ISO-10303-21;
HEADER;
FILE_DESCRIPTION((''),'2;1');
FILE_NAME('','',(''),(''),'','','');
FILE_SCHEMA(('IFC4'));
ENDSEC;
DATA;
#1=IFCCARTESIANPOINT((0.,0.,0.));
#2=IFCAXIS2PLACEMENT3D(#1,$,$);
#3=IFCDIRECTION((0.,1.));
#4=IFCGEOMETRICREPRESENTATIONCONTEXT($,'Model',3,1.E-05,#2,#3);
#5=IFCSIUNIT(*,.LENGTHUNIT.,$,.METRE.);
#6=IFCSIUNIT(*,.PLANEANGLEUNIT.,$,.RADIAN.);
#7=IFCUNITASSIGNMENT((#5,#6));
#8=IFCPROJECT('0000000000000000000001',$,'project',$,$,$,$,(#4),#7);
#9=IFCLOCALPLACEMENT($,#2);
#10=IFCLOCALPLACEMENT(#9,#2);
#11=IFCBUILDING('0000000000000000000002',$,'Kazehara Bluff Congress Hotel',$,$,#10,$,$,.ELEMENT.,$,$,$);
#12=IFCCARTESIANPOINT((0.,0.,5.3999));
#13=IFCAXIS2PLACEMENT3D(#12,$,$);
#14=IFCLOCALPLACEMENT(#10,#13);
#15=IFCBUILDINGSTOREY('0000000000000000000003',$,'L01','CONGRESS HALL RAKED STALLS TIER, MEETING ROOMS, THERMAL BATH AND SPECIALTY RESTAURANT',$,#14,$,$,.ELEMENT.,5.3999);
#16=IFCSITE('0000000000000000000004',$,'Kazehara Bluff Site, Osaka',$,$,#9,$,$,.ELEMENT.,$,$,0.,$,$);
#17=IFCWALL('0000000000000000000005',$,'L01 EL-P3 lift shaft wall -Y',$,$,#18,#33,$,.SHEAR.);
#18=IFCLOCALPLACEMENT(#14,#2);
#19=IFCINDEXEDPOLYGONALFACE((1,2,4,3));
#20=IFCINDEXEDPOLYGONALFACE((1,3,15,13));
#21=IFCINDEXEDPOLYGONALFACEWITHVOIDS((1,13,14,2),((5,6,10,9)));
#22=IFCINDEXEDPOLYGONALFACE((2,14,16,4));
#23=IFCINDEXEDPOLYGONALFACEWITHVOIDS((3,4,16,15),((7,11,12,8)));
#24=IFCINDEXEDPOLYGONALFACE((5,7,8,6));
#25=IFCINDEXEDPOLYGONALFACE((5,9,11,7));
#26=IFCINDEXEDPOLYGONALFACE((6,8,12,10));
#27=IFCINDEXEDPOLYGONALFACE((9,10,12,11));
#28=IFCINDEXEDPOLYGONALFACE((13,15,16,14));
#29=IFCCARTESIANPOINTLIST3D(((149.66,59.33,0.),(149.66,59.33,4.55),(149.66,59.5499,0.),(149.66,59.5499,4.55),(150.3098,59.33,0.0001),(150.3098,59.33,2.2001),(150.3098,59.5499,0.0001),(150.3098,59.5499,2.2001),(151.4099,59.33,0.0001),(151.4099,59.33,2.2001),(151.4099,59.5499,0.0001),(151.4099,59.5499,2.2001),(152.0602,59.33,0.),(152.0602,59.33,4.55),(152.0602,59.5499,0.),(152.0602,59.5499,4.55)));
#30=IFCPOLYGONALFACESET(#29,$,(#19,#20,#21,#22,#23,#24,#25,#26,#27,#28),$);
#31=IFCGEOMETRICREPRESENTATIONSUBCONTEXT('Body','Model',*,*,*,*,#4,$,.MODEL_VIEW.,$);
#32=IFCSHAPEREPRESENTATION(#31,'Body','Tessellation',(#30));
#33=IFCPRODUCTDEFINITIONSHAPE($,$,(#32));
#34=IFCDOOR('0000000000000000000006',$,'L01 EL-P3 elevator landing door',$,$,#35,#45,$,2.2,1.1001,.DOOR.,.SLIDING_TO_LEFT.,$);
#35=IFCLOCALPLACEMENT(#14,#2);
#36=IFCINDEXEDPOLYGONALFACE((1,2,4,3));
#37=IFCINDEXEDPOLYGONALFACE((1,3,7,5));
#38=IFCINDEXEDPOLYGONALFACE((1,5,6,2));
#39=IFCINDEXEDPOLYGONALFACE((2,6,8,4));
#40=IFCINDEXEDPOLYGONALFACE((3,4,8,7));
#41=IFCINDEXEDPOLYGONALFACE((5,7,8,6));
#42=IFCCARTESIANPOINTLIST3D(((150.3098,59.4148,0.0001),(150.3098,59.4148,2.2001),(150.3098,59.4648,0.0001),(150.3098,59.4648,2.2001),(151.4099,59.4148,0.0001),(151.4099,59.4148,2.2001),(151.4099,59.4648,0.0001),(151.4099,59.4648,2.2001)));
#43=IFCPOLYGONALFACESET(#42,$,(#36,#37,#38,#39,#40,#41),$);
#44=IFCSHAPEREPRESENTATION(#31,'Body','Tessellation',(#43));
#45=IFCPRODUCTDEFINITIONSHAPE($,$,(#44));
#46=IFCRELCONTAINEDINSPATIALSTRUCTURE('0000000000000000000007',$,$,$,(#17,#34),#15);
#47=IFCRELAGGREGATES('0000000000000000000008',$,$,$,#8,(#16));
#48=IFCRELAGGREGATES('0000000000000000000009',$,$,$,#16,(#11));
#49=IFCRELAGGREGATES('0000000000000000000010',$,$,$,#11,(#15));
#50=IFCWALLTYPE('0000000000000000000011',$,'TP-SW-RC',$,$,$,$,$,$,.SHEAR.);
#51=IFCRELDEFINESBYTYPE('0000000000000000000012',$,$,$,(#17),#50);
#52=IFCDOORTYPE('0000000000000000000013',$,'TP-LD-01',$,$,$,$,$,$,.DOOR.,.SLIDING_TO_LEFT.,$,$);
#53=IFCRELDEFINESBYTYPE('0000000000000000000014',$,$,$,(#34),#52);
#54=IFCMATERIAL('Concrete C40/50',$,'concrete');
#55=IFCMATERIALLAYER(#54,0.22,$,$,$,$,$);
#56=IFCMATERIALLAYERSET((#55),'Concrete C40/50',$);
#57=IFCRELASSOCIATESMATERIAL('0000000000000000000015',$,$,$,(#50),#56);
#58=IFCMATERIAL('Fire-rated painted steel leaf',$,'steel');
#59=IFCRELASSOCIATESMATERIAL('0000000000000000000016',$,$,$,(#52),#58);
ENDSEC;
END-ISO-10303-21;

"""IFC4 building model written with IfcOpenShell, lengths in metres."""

from ifc_helpers import new_model, si_unit, direction, frame, frame_2d, origin, place, context, subcontext, project, spatial, rectangle, extrude, material, layer, layer_set, type_object, element, fill, save


model = new_model("IFC4")

# Units and contexts
model_context = context("Model", 3, precision=1e-05, world=origin(), true_north=direction((0.0, 1.0)))
body_context = subcontext(model_context, "Body", "Model", "MODEL_VIEW")
ifc_project = project(units=[si_unit("LENGTHUNIT", "METRE"), si_unit("PLANEANGLEUNIT", "RADIAN")], contexts=[model_context])

# Site, building, storey
site_placement = place(None, origin())
site = spatial("IfcSite", under=ifc_project, at=site_placement, Name="Kazehara Bluff Site, Osaka", CompositionType="ELEMENT", RefElevation=0.0)
building_placement = place(site_placement, origin())
building = spatial("IfcBuilding", under=site, at=building_placement, Name="Kazehara Bluff Congress Hotel", CompositionType="ELEMENT")
storey_placement = place(building_placement, frame((0.0, 0.0, 5.3999)))
storey = spatial("IfcBuildingStorey", under=building, at=storey_placement, Name="L01", Description="CONGRESS HALL RAKED STALLS TIER, MEETING ROOMS, THERMAL BATH AND SPECIALTY RESTAURANT", CompositionType="ELEMENT", Elevation=5.3999)

# Shared definitions
ifc_material_1 = material(Name="Concrete C40/50", Category="concrete")
ifc_layer_1 = layer(ifc_material_1, 0.22)
ifc_layer_set_1 = layer_set([ifc_layer_1], Name="Concrete C40/50")
wall_type_1 = type_object("IfcWallType", Name="TP-SW-RC", PredefinedType="SHEAR", material=ifc_layer_set_1)

# Shared definitions
ifc_material_2 = material(Name="Fire-rated painted steel leaf", Category="steel")
door_type = type_object("IfcDoorType", Name="TP-LD-01", OperationType="SLIDING_TO_LEFT", PredefinedType="DOOR", material=ifc_material_2)

# Wall, opening, door
wall_1_placement = place(storey_placement, frame((149.6599, 59.4399, 0.0), z_axis=(0.0, 0.0, 1.0), x_axis=(1.0, 0.0, 0.0)))
wall_1 = element("IfcWall", 1, at=wall_1_placement, inside=storey, type_object=wall_type_1, Name="L01 EL-P3 lift shaft wall -Y", PredefinedType="SHEAR", context=body_context, shape_type="SweptSolid", body=[
    extrude(rectangle(XDim=2.4001, YDim=0.22, at=frame_2d((1.2002, 0.0))), origin(), (0.0, 0.0, 1.0), 4.55),
])
opening_1_placement = place(wall_1_placement, frame((0.6499, 0.0, 0.0)))
opening_1 = element("IfcOpeningElement", 2, at=opening_1_placement, cuts=wall_1, PredefinedType="OPENING", context=body_context, shape_type="SweptSolid", body=[
    extrude(rectangle(XDim=1.1001, YDim=2.2, at=frame_2d((0.55, 1.1001))), frame((0.0, 0.1199, 0.0), z_axis=(0.0, -1.0, 0.0), x_axis=(1.0, 0.0, 0.0)), (0.0, 0.0, 1.0), 0.24),
])
door_1_placement = place(opening_1_placement, origin())
door_1 = element("IfcDoor", 3, at=door_1_placement, inside=storey, type_object=door_type, Name="L01 EL-P3 elevator landing door", OperationType="SLIDING_TO_LEFT", OverallHeight=2.2, OverallWidth=1.1001, PredefinedType="DOOR", context=body_context, shape_type="SweptSolid", body=[
    extrude(rectangle(XDim=1.1001, YDim=2.2, at=frame_2d((0.55, 1.1001))), frame((0.0, 0.0249, 0.0), z_axis=(0.0, -1.0, 0.0), x_axis=(1.0, 0.0, 0.0)), (0.0, 0.0, 1.0), 0.05),
])
fill(opening_1, door_1)

save(model, "model.ifc")
